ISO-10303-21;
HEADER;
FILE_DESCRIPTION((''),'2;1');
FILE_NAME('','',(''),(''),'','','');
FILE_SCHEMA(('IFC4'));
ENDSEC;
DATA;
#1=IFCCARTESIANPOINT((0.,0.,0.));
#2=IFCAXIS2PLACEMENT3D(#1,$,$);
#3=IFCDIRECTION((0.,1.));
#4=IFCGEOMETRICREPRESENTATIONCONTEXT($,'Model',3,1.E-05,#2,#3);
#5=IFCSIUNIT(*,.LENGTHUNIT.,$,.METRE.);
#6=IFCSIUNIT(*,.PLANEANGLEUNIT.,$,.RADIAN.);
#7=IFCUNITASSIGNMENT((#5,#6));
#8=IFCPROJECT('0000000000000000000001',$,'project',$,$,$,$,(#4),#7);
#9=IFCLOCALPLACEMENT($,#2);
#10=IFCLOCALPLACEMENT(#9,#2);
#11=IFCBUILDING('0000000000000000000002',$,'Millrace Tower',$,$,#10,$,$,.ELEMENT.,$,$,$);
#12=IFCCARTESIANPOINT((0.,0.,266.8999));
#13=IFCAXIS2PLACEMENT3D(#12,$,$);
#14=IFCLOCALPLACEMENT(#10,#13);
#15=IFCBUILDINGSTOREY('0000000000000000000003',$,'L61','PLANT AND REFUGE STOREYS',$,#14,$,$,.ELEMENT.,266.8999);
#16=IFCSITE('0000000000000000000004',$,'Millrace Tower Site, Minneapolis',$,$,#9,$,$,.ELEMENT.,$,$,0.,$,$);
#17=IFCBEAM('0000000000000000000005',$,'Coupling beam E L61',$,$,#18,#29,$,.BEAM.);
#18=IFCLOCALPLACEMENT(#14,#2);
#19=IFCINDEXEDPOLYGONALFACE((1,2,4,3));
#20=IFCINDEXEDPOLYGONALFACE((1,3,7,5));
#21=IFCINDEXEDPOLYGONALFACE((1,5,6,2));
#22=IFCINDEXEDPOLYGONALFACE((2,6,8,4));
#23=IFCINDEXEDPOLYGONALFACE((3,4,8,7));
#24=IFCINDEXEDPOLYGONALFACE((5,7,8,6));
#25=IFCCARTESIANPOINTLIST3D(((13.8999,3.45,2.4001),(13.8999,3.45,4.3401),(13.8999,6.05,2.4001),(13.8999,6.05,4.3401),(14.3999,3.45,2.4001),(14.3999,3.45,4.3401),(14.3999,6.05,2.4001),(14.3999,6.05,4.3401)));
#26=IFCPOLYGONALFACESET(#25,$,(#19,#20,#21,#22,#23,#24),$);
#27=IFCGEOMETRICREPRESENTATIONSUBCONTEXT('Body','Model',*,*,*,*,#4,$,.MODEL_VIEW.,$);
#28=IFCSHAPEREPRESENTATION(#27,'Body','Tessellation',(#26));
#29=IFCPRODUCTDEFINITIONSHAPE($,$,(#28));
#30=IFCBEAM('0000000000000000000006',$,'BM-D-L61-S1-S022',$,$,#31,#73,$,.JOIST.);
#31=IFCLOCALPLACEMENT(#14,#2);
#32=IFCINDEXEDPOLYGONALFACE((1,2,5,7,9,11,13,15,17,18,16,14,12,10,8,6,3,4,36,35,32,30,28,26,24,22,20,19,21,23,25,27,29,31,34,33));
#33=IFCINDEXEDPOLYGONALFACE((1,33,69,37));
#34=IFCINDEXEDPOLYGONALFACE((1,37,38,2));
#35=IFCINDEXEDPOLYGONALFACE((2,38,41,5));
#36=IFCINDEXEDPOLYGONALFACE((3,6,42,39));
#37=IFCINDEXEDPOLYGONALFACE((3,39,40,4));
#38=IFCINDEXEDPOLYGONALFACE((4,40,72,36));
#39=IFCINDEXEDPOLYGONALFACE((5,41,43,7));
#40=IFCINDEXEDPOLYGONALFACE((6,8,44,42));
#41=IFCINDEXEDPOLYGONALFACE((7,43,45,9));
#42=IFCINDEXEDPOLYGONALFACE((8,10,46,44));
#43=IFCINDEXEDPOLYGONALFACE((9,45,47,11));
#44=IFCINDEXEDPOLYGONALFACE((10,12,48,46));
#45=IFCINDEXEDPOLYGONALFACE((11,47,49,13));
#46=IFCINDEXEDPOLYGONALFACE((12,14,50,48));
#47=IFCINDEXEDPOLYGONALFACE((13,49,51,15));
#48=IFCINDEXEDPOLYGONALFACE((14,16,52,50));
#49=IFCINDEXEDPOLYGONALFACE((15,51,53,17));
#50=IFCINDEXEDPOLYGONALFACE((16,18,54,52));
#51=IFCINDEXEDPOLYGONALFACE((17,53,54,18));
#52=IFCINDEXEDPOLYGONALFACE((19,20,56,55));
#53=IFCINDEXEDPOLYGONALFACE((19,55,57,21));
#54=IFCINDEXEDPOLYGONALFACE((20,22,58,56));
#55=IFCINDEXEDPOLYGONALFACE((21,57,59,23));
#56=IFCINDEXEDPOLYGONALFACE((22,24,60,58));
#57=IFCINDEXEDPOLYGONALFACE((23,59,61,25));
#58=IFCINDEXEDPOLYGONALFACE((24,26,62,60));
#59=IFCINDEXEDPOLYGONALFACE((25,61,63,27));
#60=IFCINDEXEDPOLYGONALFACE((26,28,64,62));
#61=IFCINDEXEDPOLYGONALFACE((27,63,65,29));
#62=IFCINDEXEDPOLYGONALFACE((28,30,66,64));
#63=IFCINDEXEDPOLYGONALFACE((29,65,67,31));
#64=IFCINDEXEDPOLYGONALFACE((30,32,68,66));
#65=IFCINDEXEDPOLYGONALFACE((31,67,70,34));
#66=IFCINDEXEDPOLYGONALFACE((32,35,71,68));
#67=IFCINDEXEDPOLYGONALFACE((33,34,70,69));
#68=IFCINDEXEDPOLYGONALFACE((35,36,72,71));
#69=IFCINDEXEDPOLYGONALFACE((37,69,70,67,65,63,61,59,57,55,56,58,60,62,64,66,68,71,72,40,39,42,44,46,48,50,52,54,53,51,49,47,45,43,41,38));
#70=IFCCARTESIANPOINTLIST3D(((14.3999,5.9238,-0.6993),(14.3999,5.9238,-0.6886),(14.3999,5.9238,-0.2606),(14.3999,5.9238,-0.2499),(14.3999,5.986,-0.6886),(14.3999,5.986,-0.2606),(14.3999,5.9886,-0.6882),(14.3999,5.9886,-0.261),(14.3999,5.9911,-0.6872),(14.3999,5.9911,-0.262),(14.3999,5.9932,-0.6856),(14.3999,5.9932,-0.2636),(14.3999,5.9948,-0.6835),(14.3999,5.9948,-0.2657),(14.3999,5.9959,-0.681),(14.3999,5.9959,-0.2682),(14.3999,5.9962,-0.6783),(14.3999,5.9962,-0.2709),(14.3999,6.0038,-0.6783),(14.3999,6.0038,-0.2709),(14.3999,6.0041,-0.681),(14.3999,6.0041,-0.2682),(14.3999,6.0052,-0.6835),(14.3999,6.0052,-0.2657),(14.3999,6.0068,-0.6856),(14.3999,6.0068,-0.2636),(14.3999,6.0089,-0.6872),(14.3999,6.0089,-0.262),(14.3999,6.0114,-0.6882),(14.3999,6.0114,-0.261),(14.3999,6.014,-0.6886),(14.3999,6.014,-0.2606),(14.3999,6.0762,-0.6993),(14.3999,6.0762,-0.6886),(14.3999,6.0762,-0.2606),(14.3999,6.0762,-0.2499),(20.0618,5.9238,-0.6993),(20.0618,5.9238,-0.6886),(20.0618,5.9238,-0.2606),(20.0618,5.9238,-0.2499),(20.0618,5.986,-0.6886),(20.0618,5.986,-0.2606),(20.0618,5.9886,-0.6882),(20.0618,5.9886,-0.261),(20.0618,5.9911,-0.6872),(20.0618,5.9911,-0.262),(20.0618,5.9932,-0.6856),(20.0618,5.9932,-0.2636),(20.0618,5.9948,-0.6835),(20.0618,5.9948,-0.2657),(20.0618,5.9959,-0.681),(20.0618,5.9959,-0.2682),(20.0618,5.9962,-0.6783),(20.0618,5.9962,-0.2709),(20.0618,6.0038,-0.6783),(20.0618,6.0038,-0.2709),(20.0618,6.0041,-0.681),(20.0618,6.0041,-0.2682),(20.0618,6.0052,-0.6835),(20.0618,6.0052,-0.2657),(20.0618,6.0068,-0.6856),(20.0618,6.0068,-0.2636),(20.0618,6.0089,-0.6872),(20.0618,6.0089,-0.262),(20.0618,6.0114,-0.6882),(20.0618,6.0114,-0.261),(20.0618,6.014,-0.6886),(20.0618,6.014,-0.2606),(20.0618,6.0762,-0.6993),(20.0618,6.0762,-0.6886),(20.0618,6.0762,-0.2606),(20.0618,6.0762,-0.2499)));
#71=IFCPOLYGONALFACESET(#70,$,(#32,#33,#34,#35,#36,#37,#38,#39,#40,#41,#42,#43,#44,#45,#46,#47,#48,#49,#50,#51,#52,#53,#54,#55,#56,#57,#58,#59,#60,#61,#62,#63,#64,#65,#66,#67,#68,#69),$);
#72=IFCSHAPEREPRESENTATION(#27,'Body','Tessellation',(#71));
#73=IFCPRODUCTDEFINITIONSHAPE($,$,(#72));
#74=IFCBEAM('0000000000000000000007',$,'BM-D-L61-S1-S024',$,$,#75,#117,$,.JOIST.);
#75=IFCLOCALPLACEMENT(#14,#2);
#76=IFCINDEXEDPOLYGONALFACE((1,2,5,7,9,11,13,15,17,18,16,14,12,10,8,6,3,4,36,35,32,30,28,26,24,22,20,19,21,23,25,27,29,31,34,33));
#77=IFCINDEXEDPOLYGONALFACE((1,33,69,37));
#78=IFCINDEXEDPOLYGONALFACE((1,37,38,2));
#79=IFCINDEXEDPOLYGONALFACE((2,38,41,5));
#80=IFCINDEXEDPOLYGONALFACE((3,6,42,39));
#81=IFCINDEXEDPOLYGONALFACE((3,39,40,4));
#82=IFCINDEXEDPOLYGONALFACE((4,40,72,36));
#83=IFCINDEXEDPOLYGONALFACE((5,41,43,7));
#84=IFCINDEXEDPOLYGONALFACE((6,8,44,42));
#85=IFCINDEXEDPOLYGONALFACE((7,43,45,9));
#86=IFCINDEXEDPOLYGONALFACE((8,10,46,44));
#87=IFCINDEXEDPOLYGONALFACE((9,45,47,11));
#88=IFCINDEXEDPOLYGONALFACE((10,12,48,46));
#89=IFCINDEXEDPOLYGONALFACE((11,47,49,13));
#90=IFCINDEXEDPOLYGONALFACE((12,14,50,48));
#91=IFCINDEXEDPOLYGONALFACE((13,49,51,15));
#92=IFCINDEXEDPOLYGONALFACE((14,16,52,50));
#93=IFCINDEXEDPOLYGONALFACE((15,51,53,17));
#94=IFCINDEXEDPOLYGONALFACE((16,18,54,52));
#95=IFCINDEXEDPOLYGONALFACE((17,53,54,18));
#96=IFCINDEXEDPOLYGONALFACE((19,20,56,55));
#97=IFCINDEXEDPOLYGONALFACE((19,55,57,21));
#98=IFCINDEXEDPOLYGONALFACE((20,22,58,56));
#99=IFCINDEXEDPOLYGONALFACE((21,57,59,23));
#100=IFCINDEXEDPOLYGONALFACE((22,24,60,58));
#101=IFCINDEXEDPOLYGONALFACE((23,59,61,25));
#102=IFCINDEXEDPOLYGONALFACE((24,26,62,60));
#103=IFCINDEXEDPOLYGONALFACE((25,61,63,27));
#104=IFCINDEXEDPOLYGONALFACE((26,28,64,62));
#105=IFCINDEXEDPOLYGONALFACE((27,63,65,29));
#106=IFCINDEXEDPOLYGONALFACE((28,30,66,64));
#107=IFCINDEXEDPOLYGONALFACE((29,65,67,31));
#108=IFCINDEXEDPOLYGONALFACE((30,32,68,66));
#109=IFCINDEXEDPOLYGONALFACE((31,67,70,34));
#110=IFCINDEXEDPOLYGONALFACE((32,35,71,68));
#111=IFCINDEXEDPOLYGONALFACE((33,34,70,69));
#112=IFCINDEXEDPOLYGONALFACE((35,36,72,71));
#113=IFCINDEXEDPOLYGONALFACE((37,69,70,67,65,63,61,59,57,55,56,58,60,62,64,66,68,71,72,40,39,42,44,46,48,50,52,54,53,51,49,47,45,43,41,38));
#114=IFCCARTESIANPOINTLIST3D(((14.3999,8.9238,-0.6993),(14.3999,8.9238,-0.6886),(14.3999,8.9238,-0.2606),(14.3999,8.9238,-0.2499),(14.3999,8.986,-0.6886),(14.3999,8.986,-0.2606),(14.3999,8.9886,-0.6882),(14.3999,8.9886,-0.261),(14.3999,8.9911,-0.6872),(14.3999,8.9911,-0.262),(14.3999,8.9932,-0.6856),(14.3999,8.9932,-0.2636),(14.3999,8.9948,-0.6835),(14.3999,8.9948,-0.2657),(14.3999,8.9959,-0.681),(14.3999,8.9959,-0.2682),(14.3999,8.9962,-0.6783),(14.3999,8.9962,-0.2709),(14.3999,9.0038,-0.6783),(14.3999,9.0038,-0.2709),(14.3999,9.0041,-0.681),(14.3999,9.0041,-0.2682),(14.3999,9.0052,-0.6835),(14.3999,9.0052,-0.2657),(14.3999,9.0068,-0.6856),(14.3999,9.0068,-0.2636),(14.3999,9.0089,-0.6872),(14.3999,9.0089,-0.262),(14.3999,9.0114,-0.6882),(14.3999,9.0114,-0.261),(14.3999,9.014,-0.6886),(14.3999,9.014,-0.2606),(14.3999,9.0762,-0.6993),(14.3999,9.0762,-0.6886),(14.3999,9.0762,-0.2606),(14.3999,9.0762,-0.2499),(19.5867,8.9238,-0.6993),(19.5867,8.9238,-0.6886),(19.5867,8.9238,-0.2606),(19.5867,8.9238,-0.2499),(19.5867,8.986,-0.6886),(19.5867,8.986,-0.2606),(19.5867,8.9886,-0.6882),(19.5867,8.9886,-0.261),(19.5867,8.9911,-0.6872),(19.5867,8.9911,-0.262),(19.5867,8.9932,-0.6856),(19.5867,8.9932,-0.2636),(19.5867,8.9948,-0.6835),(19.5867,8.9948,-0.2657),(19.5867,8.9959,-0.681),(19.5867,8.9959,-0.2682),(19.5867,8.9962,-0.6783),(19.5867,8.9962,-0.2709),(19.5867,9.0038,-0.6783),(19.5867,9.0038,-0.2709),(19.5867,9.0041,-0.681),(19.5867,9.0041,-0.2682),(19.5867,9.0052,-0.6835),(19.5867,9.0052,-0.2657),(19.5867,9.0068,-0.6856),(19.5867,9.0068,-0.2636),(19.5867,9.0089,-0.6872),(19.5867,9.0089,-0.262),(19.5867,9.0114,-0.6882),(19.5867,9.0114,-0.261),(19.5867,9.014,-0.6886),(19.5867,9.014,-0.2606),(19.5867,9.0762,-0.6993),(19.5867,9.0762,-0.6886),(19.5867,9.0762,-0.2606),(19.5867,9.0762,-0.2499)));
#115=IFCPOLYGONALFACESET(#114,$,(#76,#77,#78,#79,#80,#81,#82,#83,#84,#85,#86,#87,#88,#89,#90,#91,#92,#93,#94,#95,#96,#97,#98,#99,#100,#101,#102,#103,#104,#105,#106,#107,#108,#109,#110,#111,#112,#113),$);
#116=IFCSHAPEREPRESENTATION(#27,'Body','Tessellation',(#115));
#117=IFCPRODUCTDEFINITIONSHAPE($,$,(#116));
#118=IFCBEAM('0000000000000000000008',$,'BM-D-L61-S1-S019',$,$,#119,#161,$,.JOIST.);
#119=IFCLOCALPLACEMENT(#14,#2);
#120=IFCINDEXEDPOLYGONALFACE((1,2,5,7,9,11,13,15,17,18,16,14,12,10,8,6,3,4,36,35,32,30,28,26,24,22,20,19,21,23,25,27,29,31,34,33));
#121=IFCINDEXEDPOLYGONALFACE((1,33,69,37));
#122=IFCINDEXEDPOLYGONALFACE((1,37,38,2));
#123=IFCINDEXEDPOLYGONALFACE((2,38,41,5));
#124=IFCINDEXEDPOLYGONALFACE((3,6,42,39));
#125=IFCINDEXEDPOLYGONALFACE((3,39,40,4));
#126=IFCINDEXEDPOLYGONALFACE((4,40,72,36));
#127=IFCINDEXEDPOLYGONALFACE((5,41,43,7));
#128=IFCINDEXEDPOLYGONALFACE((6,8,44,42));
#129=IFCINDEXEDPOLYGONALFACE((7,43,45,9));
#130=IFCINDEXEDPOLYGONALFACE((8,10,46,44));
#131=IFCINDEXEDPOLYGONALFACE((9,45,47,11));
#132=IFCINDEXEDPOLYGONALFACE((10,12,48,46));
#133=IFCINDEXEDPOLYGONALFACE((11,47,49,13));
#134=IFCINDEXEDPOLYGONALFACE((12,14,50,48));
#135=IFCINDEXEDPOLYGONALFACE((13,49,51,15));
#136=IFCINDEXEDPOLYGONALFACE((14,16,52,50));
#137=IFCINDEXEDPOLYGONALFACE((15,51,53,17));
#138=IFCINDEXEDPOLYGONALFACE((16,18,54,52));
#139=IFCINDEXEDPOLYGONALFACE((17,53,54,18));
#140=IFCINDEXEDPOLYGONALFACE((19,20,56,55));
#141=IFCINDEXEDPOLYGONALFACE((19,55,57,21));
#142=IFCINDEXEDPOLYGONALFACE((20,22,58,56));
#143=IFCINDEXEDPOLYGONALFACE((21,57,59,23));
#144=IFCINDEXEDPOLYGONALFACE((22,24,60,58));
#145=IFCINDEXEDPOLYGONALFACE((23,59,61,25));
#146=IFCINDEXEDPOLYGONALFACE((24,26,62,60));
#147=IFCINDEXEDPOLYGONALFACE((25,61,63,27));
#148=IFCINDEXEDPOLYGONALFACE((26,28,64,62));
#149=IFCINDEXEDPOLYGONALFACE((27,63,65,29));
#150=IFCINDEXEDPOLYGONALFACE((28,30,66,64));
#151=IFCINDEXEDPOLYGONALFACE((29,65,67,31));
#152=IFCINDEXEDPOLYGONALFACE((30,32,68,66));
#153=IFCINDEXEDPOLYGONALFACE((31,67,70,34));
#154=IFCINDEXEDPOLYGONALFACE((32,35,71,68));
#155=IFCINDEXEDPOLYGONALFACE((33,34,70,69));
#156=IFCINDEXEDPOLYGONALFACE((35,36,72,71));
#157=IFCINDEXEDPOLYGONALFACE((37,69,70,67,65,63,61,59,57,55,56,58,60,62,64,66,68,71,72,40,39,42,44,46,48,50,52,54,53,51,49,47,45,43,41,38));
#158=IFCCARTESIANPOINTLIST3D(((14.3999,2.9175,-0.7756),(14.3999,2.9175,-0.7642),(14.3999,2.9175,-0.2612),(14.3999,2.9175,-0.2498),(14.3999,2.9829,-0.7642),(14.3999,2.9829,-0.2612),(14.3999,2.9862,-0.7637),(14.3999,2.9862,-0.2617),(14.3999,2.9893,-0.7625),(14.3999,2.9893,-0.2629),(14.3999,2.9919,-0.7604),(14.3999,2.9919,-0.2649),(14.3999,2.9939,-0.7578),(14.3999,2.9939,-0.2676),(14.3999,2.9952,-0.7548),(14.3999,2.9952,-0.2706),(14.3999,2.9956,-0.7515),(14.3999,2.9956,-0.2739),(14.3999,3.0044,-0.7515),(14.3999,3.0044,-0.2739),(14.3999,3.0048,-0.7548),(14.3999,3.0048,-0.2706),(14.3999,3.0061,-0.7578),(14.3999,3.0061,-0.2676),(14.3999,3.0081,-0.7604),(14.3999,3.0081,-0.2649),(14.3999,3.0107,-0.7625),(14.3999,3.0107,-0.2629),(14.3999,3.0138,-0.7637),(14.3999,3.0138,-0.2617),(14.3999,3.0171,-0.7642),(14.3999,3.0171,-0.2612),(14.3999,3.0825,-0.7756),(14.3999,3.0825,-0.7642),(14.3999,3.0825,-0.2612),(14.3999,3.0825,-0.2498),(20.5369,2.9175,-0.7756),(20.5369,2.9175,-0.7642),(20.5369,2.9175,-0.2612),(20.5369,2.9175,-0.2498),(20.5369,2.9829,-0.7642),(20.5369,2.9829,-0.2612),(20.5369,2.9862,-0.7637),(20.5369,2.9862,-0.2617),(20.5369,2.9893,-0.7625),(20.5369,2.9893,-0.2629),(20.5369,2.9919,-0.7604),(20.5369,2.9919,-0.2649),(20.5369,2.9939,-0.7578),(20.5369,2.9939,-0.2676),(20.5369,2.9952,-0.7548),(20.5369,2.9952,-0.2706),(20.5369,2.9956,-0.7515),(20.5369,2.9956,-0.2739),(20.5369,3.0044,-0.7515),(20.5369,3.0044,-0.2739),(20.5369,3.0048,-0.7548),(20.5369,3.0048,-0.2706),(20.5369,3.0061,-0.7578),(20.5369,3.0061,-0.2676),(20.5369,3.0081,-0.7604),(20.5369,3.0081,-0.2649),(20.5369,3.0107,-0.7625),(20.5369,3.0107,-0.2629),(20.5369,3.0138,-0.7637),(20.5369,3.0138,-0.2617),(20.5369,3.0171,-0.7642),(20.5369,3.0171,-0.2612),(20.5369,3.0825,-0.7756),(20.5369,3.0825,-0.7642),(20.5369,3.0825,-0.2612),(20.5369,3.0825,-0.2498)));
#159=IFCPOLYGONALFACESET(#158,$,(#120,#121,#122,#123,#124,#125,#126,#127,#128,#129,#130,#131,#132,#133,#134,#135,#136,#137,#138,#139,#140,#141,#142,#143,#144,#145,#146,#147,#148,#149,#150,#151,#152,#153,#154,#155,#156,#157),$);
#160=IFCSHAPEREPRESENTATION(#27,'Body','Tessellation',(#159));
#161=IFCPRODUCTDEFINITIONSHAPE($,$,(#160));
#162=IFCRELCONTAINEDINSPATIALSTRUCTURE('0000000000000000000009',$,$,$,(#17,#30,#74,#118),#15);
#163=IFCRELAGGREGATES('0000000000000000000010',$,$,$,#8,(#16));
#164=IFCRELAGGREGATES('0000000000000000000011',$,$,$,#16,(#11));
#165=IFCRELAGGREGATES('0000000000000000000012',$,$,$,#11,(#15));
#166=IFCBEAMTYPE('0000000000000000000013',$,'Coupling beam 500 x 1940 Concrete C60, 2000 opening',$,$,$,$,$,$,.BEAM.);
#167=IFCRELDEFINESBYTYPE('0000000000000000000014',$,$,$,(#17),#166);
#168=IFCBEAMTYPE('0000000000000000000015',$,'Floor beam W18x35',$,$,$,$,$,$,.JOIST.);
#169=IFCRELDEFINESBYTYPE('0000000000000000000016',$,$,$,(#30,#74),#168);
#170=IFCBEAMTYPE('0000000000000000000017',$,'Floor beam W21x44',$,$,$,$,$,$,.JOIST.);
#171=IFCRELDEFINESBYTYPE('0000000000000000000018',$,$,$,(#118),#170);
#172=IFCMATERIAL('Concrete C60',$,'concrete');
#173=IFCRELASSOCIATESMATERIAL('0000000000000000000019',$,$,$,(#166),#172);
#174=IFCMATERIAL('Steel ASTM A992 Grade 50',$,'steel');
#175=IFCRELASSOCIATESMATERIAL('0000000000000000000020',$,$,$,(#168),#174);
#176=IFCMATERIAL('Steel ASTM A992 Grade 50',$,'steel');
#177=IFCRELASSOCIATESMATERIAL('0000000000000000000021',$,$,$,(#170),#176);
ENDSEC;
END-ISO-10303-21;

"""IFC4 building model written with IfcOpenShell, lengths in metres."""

from ifc_helpers import new_model, si_unit, direction, frame, origin, origin_2d, place, context, subcontext, project, spatial, rectangle, i_section, extrude, material, material_profile, profile_set, type_object, element, save


model = new_model("IFC4")

# Units and contexts
model_context = context("Model", 3, precision=1e-05, world=origin(), true_north=direction((0.0, 1.0)))
body_context = subcontext(model_context, "Body", "Model", "MODEL_VIEW")
ifc_project = project(units=[si_unit("LENGTHUNIT", "METRE"), si_unit("PLANEANGLEUNIT", "RADIAN")], contexts=[model_context])

# Site, building, storey
site_placement = place(None, origin())
site = spatial("IfcSite", under=ifc_project, at=site_placement, Name="Millrace Tower Site, Minneapolis", CompositionType="ELEMENT", RefElevation=0.0)
building_placement = place(site_placement, origin())
building = spatial("IfcBuilding", under=site, at=building_placement, Name="Millrace Tower", CompositionType="ELEMENT")
storey_placement = place(building_placement, frame((0.0, 0.0, 266.8999)))
storey = spatial("IfcBuildingStorey", under=building, at=storey_placement, Name="L61", Description="PLANT AND REFUGE STOREYS", CompositionType="ELEMENT", Elevation=266.8999)

# Beams
ifc_material_1 = material(Name="Concrete C60", Category="concrete")
ifc_material_profile_1 = material_profile(ifc_material_1, rectangle(XDim=0.5, YDim=1.9399, at=origin_2d()))
ifc_profile_set_1 = profile_set([ifc_material_profile_1], Name="Concrete C60")
beam_type_1 = type_object("IfcBeamType", Name="Coupling beam 500 x 1940 Concrete C60, 2000 opening", PredefinedType="BEAM", material=ifc_profile_set_1)
beam_1_placement = place(storey_placement, frame((14.1499, 6.05, 3.3701), z_axis=(0.0, -1.0, 0.0), x_axis=(1.0, 0.0, 0.0)))
element("IfcBeam", 1, at=beam_1_placement, inside=storey, type_object=beam_type_1, Name="Coupling beam E L61", PredefinedType="BEAM", context=body_context, shape_type="SweptSolid", body=[
    extrude(rectangle(XDim=0.5, YDim=1.9399, at=origin_2d()), origin(), (0.0, 0.0, 1.0), 2.6001),
])
ifc_material_2 = material(Name="Steel ASTM A992 Grade 50", Category="steel")
ifc_material_profile_2 = material_profile(ifc_material_2, i_section(OverallWidth=0.1523, OverallDepth=0.4495, WebThickness=0.0076, FlangeThickness=0.0107, FilletRadius=0.0103, at=origin_2d()))
ifc_profile_set_2 = profile_set([ifc_material_profile_2], Name="Steel ASTM A992 Grade 50")
beam_type_2 = type_object("IfcBeamType", Name="Floor beam W18x35", PredefinedType="JOIST", material=ifc_profile_set_2)
beam_2_placement = place(storey_placement, frame((14.3999, 6.0, -0.4746), z_axis=(1.0, 0.0, 0.0), x_axis=(0.0, 1.0, 0.0)))
element("IfcBeam", 2, at=beam_2_placement, inside=storey, type_object=beam_type_2, Name="BM-D-L61-S1-S022", PredefinedType="JOIST", context=body_context, shape_type="SweptSolid", body=[
    extrude(i_section(OverallWidth=0.1523, OverallDepth=0.4495, WebThickness=0.0076, FlangeThickness=0.0107, FilletRadius=0.0103, at=origin_2d()), origin(), (0.0, 0.0, 1.0), 5.6619),
])
beam_3_placement = place(storey_placement, frame((14.3999, 9.0, -0.4746), z_axis=(1.0, 0.0, 0.0), x_axis=(0.0, 1.0, 0.0)))
element("IfcBeam", 3, at=beam_3_placement, inside=storey, type_object=beam_type_2, Name="BM-D-L61-S1-S024", PredefinedType="JOIST", context=body_context, shape_type="SweptSolid", body=[
    extrude(i_section(OverallWidth=0.1523, OverallDepth=0.4495, WebThickness=0.0076, FlangeThickness=0.0107, FilletRadius=0.0103, at=origin_2d()), origin(), (0.0, 0.0, 1.0), 5.1868),
])
ifc_material_3 = material(Name="Steel ASTM A992 Grade 50", Category="steel")
ifc_material_profile_3 = material_profile(ifc_material_3, i_section(OverallWidth=0.165, OverallDepth=0.5259, WebThickness=0.0088, FlangeThickness=0.0115, FilletRadius=0.0127, at=origin_2d()))
ifc_profile_set_3 = profile_set([ifc_material_profile_3], Name="Steel ASTM A992 Grade 50")
beam_type_3 = type_object("IfcBeamType", Name="Floor beam W21x44", PredefinedType="JOIST", material=ifc_profile_set_3)
beam_4_placement = place(storey_placement, frame((14.3999, 3.0, -0.5127), z_axis=(1.0, 0.0, 0.0), x_axis=(0.0, 1.0, 0.0)))
element("IfcBeam", 4, at=beam_4_placement, inside=storey, type_object=beam_type_3, Name="BM-D-L61-S1-S019", PredefinedType="JOIST", context=body_context, shape_type="SweptSolid", body=[
    extrude(i_section(OverallWidth=0.165, OverallDepth=0.5259, WebThickness=0.0088, FlangeThickness=0.0115, FilletRadius=0.0127, at=origin_2d()), origin(), (0.0, 0.0, 1.0), 6.137),
])

save(model, "model.ifc")
